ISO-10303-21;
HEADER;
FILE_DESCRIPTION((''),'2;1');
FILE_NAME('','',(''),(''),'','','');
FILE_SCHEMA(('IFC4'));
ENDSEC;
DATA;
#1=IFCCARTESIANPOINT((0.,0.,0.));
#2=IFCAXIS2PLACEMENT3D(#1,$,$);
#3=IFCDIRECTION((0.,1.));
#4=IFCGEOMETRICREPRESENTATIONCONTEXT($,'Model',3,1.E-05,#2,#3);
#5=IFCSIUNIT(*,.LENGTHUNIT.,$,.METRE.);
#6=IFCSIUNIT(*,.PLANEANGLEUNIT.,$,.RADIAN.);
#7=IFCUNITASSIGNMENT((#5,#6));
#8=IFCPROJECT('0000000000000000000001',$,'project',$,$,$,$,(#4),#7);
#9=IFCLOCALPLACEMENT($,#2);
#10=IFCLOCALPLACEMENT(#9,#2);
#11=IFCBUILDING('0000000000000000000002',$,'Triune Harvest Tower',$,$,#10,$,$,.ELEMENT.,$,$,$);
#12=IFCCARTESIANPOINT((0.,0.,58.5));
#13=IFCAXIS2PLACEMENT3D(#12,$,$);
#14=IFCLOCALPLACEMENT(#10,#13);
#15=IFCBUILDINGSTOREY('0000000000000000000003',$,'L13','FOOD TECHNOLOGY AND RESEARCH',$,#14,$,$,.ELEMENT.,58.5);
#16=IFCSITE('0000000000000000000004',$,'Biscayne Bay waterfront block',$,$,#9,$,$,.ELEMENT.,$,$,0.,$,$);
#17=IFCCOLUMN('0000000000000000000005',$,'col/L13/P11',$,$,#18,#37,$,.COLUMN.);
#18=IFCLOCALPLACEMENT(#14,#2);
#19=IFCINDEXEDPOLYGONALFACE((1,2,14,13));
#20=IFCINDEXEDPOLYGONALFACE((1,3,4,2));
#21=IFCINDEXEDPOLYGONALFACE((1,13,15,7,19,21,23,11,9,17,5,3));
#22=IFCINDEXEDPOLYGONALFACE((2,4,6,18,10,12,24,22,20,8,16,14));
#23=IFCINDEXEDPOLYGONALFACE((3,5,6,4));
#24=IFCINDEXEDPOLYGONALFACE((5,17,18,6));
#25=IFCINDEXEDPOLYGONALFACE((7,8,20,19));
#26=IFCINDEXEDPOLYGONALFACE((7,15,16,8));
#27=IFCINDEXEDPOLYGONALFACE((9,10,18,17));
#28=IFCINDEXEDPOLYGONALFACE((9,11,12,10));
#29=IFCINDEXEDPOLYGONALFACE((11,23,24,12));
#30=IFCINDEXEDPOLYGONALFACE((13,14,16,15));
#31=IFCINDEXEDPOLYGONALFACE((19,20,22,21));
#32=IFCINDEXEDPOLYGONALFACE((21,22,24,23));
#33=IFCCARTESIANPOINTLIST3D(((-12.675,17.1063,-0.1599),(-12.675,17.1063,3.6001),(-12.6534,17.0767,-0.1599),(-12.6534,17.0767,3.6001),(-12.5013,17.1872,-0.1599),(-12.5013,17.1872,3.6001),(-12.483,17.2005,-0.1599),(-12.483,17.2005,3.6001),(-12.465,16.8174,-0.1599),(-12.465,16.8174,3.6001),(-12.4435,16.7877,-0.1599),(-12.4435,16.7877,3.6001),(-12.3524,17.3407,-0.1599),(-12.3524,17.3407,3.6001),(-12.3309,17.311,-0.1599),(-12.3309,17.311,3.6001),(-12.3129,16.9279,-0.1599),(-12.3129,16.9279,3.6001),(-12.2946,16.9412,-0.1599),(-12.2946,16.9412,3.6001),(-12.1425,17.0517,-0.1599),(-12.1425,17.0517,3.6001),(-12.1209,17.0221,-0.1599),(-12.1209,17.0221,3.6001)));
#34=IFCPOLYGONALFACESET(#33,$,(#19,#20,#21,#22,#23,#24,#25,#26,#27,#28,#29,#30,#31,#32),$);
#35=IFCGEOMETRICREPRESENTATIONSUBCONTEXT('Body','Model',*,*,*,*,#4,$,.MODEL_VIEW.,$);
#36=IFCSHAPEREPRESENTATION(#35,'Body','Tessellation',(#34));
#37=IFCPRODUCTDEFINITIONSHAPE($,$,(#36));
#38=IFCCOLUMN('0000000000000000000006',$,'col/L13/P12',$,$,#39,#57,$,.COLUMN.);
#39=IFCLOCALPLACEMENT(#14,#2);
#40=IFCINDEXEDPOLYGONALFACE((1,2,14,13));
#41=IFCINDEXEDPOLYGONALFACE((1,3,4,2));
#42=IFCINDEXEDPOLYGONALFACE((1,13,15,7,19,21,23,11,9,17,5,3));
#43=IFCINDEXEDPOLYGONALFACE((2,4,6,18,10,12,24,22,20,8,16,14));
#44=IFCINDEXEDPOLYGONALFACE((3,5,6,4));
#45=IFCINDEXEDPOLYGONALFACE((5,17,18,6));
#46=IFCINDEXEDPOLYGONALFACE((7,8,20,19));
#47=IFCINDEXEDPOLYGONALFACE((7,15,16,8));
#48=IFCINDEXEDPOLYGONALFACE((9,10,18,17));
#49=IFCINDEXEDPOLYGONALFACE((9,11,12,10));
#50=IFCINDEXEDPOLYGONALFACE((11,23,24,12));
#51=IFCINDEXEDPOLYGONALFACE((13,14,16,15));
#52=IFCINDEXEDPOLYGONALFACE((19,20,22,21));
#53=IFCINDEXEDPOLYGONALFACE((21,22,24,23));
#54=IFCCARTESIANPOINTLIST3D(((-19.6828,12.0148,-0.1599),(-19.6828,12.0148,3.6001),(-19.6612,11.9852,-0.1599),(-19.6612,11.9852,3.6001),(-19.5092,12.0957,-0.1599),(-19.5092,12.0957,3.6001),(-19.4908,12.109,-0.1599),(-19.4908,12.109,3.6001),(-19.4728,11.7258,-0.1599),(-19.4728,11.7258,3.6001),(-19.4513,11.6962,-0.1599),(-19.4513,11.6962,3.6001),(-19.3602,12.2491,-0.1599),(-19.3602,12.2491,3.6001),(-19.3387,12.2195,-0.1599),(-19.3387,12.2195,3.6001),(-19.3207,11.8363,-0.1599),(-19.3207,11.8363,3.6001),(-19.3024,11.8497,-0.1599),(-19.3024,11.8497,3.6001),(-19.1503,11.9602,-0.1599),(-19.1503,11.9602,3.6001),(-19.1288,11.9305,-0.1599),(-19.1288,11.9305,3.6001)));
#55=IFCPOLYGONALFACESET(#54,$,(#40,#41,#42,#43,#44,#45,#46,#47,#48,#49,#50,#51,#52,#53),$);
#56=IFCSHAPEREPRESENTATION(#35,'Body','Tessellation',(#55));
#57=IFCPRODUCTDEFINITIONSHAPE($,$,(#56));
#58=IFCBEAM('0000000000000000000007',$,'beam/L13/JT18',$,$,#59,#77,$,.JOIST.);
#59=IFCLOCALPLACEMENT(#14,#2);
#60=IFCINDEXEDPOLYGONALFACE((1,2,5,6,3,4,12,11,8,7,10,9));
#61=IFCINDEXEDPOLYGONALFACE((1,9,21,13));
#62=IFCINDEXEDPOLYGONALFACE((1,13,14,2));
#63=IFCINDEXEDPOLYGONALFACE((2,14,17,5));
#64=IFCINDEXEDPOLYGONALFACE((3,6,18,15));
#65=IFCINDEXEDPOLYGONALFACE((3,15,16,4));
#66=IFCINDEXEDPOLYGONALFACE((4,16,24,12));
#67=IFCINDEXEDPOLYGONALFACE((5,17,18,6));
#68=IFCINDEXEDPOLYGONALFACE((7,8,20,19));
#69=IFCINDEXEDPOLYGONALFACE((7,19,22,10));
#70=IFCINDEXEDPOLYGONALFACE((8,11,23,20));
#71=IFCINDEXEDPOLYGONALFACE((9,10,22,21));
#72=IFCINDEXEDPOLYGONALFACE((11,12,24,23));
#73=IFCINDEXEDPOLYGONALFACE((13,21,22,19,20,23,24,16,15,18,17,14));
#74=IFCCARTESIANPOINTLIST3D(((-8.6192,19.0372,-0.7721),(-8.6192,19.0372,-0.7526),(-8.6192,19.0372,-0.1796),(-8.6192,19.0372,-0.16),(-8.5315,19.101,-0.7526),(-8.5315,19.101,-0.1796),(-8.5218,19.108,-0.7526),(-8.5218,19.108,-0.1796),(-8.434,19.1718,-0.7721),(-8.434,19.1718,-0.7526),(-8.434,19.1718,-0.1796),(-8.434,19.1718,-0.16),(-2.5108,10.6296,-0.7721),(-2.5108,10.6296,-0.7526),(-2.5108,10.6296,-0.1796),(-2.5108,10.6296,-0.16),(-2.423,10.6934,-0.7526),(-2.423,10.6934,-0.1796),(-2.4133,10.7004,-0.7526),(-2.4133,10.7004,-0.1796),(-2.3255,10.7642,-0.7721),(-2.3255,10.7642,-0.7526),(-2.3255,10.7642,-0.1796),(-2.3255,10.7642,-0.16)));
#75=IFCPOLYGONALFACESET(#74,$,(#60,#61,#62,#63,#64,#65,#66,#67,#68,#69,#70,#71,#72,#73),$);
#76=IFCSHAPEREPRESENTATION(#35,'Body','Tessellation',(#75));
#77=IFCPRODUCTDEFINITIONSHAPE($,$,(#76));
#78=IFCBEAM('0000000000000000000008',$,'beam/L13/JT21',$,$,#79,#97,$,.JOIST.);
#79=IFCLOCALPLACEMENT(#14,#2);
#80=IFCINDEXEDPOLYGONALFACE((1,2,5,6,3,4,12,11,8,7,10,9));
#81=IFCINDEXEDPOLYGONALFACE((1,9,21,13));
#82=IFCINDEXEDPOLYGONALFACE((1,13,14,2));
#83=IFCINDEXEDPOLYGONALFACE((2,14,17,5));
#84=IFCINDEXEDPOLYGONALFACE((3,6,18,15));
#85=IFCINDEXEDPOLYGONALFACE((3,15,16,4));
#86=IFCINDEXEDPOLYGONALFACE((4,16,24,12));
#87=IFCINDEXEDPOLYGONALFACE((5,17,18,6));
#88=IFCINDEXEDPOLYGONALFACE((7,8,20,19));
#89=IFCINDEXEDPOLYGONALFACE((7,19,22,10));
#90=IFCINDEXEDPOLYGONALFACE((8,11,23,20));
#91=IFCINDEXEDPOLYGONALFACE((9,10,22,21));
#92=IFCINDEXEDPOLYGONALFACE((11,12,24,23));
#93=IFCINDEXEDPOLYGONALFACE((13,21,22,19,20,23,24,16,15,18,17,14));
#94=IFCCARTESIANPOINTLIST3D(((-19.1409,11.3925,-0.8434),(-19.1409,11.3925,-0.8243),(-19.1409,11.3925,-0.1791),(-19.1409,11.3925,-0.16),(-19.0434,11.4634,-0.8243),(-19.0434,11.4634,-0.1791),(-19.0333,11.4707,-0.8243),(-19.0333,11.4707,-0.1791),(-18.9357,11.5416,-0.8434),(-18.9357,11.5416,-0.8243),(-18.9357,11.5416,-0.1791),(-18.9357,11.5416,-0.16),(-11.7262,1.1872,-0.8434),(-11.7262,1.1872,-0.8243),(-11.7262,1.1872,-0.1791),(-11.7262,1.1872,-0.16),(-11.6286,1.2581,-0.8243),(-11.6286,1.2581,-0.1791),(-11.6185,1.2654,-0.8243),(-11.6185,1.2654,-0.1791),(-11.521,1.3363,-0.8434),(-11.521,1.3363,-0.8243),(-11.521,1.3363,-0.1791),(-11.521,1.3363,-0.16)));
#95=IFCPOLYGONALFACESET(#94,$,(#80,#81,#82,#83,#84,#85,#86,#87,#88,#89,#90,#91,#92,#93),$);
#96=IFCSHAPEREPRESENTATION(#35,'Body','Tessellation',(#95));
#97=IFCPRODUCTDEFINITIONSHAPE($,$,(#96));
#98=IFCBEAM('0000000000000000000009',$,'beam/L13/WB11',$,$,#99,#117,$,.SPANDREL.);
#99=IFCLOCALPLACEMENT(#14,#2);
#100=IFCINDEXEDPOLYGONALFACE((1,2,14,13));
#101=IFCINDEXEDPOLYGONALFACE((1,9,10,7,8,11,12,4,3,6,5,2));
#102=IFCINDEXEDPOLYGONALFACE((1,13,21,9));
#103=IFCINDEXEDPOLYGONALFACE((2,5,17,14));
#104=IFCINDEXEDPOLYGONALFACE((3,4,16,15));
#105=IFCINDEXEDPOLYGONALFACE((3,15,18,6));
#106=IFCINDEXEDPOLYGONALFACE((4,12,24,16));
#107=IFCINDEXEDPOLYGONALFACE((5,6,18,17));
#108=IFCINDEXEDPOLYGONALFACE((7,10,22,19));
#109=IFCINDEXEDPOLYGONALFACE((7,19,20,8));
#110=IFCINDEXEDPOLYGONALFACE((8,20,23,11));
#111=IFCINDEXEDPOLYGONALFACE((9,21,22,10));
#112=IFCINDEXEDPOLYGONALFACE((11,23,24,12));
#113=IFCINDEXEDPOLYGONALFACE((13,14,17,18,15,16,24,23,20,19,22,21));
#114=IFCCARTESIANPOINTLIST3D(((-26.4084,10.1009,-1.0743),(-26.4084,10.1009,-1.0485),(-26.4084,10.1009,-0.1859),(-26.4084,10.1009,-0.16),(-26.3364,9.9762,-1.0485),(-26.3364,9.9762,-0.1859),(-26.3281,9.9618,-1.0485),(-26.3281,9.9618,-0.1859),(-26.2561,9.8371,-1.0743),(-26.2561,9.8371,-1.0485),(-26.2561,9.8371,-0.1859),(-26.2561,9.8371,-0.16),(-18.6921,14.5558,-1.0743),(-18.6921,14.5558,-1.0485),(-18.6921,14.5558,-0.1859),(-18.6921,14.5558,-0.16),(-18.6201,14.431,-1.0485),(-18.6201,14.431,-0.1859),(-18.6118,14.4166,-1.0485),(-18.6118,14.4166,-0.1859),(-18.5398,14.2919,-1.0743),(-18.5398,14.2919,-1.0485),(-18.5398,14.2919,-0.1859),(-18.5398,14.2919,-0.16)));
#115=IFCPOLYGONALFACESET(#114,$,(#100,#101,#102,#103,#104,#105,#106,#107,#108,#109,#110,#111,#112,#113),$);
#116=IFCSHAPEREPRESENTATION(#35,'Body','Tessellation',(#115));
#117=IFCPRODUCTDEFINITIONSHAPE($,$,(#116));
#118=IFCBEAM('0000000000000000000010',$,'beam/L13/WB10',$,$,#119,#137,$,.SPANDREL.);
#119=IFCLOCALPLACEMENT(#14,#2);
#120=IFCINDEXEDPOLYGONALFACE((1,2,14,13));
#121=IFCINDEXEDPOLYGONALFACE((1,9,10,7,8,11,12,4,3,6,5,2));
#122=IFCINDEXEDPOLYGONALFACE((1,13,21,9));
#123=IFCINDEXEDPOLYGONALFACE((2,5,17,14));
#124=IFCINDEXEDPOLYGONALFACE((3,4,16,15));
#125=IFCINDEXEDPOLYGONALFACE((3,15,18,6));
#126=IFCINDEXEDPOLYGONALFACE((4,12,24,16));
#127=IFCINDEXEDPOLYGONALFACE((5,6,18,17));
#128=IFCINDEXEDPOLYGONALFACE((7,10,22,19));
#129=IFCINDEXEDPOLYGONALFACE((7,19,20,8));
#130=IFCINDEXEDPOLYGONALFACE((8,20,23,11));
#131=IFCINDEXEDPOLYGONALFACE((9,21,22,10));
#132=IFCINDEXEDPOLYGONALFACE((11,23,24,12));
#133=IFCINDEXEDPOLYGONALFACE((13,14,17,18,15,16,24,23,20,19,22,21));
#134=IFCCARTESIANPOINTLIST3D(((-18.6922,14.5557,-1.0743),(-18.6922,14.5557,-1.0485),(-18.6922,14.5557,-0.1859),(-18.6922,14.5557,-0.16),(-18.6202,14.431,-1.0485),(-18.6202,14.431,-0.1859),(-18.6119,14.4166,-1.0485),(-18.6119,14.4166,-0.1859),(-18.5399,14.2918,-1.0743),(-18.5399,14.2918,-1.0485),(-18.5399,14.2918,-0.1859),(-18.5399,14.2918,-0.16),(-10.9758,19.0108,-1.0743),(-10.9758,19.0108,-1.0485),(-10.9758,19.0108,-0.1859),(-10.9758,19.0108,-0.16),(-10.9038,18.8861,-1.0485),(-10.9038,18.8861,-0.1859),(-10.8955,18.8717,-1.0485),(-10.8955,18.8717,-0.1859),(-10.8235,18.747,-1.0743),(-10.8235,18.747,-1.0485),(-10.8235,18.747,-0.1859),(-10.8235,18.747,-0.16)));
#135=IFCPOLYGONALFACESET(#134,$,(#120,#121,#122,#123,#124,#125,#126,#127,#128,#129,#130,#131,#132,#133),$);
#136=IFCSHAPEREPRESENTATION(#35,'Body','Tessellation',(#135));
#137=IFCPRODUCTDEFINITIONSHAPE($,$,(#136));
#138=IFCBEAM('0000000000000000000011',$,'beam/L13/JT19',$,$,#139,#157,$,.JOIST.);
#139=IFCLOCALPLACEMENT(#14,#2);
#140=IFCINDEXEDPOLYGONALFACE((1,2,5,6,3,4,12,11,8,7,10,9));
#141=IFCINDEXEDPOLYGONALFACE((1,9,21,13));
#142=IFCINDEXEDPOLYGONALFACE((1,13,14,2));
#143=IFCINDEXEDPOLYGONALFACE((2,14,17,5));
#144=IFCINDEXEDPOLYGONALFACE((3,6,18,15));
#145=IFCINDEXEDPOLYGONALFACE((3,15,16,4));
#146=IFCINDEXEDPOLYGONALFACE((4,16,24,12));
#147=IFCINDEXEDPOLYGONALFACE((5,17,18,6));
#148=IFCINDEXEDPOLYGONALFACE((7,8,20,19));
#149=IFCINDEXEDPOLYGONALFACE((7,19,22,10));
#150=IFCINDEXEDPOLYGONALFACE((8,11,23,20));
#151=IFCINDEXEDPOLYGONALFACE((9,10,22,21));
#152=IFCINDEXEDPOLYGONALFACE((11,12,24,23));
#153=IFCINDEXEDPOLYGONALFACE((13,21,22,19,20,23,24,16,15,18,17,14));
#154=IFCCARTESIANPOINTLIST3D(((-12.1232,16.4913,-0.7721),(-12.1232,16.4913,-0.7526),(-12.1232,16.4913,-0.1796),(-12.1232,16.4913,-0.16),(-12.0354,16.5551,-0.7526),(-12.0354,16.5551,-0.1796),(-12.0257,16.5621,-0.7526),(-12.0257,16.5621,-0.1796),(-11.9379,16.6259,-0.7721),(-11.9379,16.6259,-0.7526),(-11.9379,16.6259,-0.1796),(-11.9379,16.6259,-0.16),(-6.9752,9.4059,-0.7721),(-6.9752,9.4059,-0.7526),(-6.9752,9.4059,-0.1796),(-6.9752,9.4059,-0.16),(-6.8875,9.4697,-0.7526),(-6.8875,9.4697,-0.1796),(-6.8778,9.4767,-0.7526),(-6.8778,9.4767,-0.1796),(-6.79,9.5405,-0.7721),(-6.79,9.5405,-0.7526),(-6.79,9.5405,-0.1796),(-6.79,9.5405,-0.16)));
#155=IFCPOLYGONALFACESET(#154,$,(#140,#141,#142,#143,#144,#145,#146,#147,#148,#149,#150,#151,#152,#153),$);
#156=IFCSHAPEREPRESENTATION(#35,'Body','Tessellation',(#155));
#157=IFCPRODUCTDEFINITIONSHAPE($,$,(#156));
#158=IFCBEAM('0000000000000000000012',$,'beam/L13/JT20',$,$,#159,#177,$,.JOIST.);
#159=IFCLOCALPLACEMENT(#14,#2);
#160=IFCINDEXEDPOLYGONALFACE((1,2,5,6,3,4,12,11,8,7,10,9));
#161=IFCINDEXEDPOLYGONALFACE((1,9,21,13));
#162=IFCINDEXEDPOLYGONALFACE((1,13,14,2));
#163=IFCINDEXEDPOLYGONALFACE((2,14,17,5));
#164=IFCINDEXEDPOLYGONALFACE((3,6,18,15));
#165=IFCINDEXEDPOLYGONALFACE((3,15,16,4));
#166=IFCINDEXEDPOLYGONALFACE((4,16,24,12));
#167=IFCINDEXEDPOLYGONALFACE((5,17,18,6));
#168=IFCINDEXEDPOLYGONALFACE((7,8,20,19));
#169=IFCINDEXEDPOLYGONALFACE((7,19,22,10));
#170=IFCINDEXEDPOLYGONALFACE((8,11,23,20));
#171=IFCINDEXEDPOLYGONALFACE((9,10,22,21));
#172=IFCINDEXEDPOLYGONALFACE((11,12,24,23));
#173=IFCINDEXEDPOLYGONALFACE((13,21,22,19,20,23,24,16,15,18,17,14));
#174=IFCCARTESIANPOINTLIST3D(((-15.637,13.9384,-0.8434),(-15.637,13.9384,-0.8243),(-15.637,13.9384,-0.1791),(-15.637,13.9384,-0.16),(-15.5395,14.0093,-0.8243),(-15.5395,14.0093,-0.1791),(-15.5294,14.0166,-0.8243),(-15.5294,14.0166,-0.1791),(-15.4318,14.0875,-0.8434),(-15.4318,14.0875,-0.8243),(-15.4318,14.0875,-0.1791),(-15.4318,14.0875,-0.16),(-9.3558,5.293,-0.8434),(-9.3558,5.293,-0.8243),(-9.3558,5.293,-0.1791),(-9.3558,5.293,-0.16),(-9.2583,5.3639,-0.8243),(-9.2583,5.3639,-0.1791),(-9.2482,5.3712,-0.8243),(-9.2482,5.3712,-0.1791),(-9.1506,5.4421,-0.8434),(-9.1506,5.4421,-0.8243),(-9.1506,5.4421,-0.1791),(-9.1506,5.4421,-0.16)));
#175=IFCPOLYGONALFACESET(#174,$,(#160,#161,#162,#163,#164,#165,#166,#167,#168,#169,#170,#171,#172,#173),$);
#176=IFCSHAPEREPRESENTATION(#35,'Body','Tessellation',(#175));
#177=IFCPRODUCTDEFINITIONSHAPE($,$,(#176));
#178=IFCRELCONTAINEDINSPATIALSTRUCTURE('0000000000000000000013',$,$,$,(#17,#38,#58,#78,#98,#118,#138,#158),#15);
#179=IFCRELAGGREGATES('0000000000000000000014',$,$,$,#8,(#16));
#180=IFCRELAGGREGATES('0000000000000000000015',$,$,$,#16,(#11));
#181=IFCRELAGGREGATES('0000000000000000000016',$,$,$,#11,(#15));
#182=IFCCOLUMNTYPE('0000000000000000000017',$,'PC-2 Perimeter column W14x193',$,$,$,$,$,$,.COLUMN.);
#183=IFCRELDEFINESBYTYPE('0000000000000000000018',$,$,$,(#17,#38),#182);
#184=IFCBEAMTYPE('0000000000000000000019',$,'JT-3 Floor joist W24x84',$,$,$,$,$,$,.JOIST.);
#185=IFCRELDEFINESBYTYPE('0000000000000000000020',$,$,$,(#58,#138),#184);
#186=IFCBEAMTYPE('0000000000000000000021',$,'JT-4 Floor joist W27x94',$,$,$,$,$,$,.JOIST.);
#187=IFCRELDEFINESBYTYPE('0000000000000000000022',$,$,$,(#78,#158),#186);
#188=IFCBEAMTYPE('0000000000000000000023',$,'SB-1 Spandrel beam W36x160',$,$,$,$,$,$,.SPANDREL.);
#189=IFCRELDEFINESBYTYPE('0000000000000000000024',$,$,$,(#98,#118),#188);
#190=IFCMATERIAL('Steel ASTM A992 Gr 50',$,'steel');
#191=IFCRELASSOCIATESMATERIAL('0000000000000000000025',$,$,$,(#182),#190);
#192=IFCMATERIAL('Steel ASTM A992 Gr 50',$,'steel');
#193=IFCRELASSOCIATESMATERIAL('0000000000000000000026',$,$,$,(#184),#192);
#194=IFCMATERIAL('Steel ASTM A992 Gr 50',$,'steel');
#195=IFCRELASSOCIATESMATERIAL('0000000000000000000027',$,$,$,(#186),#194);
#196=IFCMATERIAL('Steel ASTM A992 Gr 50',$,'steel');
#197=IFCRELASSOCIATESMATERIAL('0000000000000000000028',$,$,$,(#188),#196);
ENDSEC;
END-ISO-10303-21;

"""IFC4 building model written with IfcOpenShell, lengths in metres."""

from ifc_helpers import new_model, si_unit, direction, frame, origin, origin_2d, place, context, subcontext, project, spatial, i_section, extrude, source, transform, mapped, material, material_profile, profile_set, type_object, element, save


model = new_model("IFC4")

# Units and contexts
model_context = context("Model", 3, precision=1e-05, world=origin(), true_north=direction((0.0, 1.0)))
body_context = subcontext(model_context, "Body", "Model", "MODEL_VIEW")
ifc_project = project(units=[si_unit("LENGTHUNIT", "METRE"), si_unit("PLANEANGLEUNIT", "RADIAN")], contexts=[model_context])

# Site, building, storey
site_placement = place(None, origin())
site = spatial("IfcSite", under=ifc_project, at=site_placement, Name="Biscayne Bay waterfront block", CompositionType="ELEMENT", RefElevation=0.0)
building_placement = place(site_placement, origin())
building = spatial("IfcBuilding", under=site, at=building_placement, Name="Triune Harvest Tower", CompositionType="ELEMENT")
storey_placement = place(building_placement, frame((0.0, 0.0, 58.5)))
storey = spatial("IfcBuildingStorey", under=building, at=storey_placement, Name="L13", Description="FOOD TECHNOLOGY AND RESEARCH", CompositionType="ELEMENT", Elevation=58.5)

# Columns
ifc_material_1 = material(Name="Steel ASTM A992 Gr 50", Category="steel")
ifc_material_profile_1 = material_profile(ifc_material_1, i_section(OverallWidth=0.3987, OverallDepth=0.3938, WebThickness=0.0227, FlangeThickness=0.0366, at=origin_2d()), Name="W14x193")
ifc_profile_set_1 = profile_set([ifc_material_profile_1], Name="Steel ASTM A992 Gr 50")
column_type = type_object("IfcColumnType", Name="PC-2 Perimeter column W14x193", PredefinedType="COLUMN", material=ifc_profile_set_1)
shared_shape_1 = source(origin(), body_context, "Body", "SweptSolid", [
    extrude(i_section(OverallWidth=0.3987, OverallDepth=0.3938, WebThickness=0.0227, FlangeThickness=0.0366, at=origin_2d()), origin(), (0.0, 0.0, 1.0), 3.76),
])
for number, where, z_axis, x_axis, name in (
    (1, (-12.3979, 17.0642, -0.1599), (0.0, 0.0, 1.0), (-0.809017, -0.587785, 0.0), "col/L13/P11"),
    (2, (-19.4058, 11.9727, -0.1599), (0.0, 0.0, 1.0), (-0.809017, -0.587785, 0.0), "col/L13/P12"),
):
    element("IfcColumn", number, at=place(storey_placement, frame(where, z_axis=z_axis, x_axis=x_axis)), inside=storey, type_object=column_type, Name=name, PredefinedType="COLUMN", context=body_context, shape_type="MappedRepresentation", body=[
        mapped(shared_shape_1, transform((0.0, 0.0, 0.0), scale=1.0)),
    ])

# Beams
ifc_material_2 = material(Name="Steel ASTM A992 Gr 50", Category="steel")
ifc_material_profile_2 = material_profile(ifc_material_2, i_section(OverallWidth=0.229, OverallDepth=0.6121, WebThickness=0.012, FlangeThickness=0.0195, at=origin_2d()), Name="W24x84")
ifc_profile_set_2 = profile_set([ifc_material_profile_2], Name="Steel ASTM A992 Gr 50")
beam_type_1 = type_object("IfcBeamType", Name="JT-3 Floor joist W24x84", PredefinedType="JOIST", material=ifc_profile_set_2)
beam_1_placement = place(storey_placement, frame((-8.5266, 19.1045, -0.4661), z_axis=(0.587786, -0.809016, 0.0), x_axis=(0.809016, 0.587786, 0.0)))
element("IfcBeam", 3, at=beam_1_placement, inside=storey, type_object=beam_type_1, Name="beam/L13/JT18", PredefinedType="JOIST", context=body_context, shape_type="SweptSolid", body=[
    extrude(i_section(OverallWidth=0.229, OverallDepth=0.6121, WebThickness=0.012, FlangeThickness=0.0195, at=origin_2d()), origin(), (0.0, 0.0, 1.0), 10.3923),
])
ifc_material_3 = material(Name="Steel ASTM A992 Gr 50", Category="steel")
ifc_material_profile_3 = material_profile(ifc_material_3, i_section(OverallWidth=0.2537, OverallDepth=0.6833, WebThickness=0.0125, FlangeThickness=0.019, at=origin_2d()), Name="W27x94")
ifc_profile_set_3 = profile_set([ifc_material_profile_3], Name="Steel ASTM A992 Gr 50")
beam_type_2 = type_object("IfcBeamType", Name="JT-4 Floor joist W27x94", PredefinedType="JOIST", material=ifc_profile_set_3)
beam_2_placement = place(storey_placement, frame((-19.0383, 11.467, -0.5017), z_axis=(0.587795, -0.80901, 0.0), x_axis=(0.80901, 0.587795, 0.0)))
element("IfcBeam", 4, at=beam_2_placement, inside=storey, type_object=beam_type_2, Name="beam/L13/JT21", PredefinedType="JOIST", context=body_context, shape_type="SweptSolid", body=[
    extrude(i_section(OverallWidth=0.2537, OverallDepth=0.6833, WebThickness=0.0125, FlangeThickness=0.019, at=origin_2d()), origin(), (0.0, 0.0, 1.0), 12.6145),
])
ifc_material_4 = material(Name="Steel ASTM A992 Gr 50", Category="steel")
ifc_material_profile_4 = material_profile(ifc_material_4, i_section(OverallWidth=0.3047, OverallDepth=0.9143, WebThickness=0.0166, FlangeThickness=0.0259, at=origin_2d()), Name="W36x160")
ifc_profile_set_4 = profile_set([ifc_material_profile_4], Name="Steel ASTM A992 Gr 50")
beam_type_3 = type_object("IfcBeamType", Name="SB-1 Spandrel beam W36x160", PredefinedType="SPANDREL", material=ifc_profile_set_4)
shared_shape_2 = source(origin(), body_context, "Body", "SweptSolid", [
    extrude(i_section(OverallWidth=0.3047, OverallDepth=0.9143, WebThickness=0.0166, FlangeThickness=0.0259, at=origin_2d()), origin(), (0.0, 0.0, 1.0), 8.9099),
])
beam_3_placement = place(storey_placement, frame((-18.616, 14.4238, -0.6172), z_axis=(-0.866034, -0.499985, 0.0), x_axis=(0.499985, -0.866034, 0.0)))
element("IfcBeam", 5, at=beam_3_placement, inside=storey, type_object=beam_type_3, Name="beam/L13/WB11", PredefinedType="SPANDREL", context=body_context, shape_type="MappedRepresentation", body=[
    mapped(shared_shape_2, transform((0.0, 0.0, 0.0), scale=1.0)),
])
shared_shape_3 = source(origin(), body_context, "Body", "SweptSolid", [
    extrude(i_section(OverallWidth=0.3047, OverallDepth=0.9143, WebThickness=0.0166, FlangeThickness=0.0259, at=origin_2d()), origin(), (0.0, 0.0, 1.0), 8.9102),
])
beam_4_placement = place(storey_placement, frame((-10.8997, 18.8789, -0.6172), z_axis=(-0.866022, -0.500005, 0.0), x_axis=(0.500005, -0.866022, 0.0)))
element("IfcBeam", 6, at=beam_4_placement, inside=storey, type_object=beam_type_3, Name="beam/L13/WB10", PredefinedType="SPANDREL", context=body_context, shape_type="MappedRepresentation", body=[
    mapped(shared_shape_3, transform((0.0, 0.0, 0.0), scale=1.0)),
])
shared_shape_4 = source(origin(), body_context, "Body", "SweptSolid", [
    extrude(i_section(OverallWidth=0.229, OverallDepth=0.6121, WebThickness=0.012, FlangeThickness=0.0195, at=origin_2d()), origin(), (0.0, 0.0, 1.0), 8.7581),
])
beam_5_placement = place(storey_placement, frame((-12.0305, 16.5586, -0.4661), z_axis=(0.58779, -0.809013, 0.0), x_axis=(0.809013, 0.58779, 0.0)))
element("IfcBeam", 7, at=beam_5_placement, inside=storey, type_object=beam_type_1, Name="beam/L13/JT19", PredefinedType="JOIST", context=body_context, shape_type="MappedRepresentation", body=[
    mapped(shared_shape_4, transform((0.0, 0.0, 0.0), scale=1.0)),
])
shared_shape_5 = source(origin(), body_context, "Body", "SweptSolid", [
    extrude(i_section(OverallWidth=0.2537, OverallDepth=0.6833, WebThickness=0.0125, FlangeThickness=0.019, at=origin_2d()), origin(), (0.0, 0.0, 1.0), 10.6863),
])
beam_6_placement = place(storey_placement, frame((-15.5344, 14.0129, -0.5017), z_axis=(0.58778, -0.809021, 0.0), x_axis=(0.809021, 0.58778, 0.0)))
element("IfcBeam", 8, at=beam_6_placement, inside=storey, type_object=beam_type_2, Name="beam/L13/JT20", PredefinedType="JOIST", context=body_context, shape_type="MappedRepresentation", body=[
    mapped(shared_shape_5, transform((0.0, 0.0, 0.0), scale=1.0)),
])

save(model, "model.ifc")
